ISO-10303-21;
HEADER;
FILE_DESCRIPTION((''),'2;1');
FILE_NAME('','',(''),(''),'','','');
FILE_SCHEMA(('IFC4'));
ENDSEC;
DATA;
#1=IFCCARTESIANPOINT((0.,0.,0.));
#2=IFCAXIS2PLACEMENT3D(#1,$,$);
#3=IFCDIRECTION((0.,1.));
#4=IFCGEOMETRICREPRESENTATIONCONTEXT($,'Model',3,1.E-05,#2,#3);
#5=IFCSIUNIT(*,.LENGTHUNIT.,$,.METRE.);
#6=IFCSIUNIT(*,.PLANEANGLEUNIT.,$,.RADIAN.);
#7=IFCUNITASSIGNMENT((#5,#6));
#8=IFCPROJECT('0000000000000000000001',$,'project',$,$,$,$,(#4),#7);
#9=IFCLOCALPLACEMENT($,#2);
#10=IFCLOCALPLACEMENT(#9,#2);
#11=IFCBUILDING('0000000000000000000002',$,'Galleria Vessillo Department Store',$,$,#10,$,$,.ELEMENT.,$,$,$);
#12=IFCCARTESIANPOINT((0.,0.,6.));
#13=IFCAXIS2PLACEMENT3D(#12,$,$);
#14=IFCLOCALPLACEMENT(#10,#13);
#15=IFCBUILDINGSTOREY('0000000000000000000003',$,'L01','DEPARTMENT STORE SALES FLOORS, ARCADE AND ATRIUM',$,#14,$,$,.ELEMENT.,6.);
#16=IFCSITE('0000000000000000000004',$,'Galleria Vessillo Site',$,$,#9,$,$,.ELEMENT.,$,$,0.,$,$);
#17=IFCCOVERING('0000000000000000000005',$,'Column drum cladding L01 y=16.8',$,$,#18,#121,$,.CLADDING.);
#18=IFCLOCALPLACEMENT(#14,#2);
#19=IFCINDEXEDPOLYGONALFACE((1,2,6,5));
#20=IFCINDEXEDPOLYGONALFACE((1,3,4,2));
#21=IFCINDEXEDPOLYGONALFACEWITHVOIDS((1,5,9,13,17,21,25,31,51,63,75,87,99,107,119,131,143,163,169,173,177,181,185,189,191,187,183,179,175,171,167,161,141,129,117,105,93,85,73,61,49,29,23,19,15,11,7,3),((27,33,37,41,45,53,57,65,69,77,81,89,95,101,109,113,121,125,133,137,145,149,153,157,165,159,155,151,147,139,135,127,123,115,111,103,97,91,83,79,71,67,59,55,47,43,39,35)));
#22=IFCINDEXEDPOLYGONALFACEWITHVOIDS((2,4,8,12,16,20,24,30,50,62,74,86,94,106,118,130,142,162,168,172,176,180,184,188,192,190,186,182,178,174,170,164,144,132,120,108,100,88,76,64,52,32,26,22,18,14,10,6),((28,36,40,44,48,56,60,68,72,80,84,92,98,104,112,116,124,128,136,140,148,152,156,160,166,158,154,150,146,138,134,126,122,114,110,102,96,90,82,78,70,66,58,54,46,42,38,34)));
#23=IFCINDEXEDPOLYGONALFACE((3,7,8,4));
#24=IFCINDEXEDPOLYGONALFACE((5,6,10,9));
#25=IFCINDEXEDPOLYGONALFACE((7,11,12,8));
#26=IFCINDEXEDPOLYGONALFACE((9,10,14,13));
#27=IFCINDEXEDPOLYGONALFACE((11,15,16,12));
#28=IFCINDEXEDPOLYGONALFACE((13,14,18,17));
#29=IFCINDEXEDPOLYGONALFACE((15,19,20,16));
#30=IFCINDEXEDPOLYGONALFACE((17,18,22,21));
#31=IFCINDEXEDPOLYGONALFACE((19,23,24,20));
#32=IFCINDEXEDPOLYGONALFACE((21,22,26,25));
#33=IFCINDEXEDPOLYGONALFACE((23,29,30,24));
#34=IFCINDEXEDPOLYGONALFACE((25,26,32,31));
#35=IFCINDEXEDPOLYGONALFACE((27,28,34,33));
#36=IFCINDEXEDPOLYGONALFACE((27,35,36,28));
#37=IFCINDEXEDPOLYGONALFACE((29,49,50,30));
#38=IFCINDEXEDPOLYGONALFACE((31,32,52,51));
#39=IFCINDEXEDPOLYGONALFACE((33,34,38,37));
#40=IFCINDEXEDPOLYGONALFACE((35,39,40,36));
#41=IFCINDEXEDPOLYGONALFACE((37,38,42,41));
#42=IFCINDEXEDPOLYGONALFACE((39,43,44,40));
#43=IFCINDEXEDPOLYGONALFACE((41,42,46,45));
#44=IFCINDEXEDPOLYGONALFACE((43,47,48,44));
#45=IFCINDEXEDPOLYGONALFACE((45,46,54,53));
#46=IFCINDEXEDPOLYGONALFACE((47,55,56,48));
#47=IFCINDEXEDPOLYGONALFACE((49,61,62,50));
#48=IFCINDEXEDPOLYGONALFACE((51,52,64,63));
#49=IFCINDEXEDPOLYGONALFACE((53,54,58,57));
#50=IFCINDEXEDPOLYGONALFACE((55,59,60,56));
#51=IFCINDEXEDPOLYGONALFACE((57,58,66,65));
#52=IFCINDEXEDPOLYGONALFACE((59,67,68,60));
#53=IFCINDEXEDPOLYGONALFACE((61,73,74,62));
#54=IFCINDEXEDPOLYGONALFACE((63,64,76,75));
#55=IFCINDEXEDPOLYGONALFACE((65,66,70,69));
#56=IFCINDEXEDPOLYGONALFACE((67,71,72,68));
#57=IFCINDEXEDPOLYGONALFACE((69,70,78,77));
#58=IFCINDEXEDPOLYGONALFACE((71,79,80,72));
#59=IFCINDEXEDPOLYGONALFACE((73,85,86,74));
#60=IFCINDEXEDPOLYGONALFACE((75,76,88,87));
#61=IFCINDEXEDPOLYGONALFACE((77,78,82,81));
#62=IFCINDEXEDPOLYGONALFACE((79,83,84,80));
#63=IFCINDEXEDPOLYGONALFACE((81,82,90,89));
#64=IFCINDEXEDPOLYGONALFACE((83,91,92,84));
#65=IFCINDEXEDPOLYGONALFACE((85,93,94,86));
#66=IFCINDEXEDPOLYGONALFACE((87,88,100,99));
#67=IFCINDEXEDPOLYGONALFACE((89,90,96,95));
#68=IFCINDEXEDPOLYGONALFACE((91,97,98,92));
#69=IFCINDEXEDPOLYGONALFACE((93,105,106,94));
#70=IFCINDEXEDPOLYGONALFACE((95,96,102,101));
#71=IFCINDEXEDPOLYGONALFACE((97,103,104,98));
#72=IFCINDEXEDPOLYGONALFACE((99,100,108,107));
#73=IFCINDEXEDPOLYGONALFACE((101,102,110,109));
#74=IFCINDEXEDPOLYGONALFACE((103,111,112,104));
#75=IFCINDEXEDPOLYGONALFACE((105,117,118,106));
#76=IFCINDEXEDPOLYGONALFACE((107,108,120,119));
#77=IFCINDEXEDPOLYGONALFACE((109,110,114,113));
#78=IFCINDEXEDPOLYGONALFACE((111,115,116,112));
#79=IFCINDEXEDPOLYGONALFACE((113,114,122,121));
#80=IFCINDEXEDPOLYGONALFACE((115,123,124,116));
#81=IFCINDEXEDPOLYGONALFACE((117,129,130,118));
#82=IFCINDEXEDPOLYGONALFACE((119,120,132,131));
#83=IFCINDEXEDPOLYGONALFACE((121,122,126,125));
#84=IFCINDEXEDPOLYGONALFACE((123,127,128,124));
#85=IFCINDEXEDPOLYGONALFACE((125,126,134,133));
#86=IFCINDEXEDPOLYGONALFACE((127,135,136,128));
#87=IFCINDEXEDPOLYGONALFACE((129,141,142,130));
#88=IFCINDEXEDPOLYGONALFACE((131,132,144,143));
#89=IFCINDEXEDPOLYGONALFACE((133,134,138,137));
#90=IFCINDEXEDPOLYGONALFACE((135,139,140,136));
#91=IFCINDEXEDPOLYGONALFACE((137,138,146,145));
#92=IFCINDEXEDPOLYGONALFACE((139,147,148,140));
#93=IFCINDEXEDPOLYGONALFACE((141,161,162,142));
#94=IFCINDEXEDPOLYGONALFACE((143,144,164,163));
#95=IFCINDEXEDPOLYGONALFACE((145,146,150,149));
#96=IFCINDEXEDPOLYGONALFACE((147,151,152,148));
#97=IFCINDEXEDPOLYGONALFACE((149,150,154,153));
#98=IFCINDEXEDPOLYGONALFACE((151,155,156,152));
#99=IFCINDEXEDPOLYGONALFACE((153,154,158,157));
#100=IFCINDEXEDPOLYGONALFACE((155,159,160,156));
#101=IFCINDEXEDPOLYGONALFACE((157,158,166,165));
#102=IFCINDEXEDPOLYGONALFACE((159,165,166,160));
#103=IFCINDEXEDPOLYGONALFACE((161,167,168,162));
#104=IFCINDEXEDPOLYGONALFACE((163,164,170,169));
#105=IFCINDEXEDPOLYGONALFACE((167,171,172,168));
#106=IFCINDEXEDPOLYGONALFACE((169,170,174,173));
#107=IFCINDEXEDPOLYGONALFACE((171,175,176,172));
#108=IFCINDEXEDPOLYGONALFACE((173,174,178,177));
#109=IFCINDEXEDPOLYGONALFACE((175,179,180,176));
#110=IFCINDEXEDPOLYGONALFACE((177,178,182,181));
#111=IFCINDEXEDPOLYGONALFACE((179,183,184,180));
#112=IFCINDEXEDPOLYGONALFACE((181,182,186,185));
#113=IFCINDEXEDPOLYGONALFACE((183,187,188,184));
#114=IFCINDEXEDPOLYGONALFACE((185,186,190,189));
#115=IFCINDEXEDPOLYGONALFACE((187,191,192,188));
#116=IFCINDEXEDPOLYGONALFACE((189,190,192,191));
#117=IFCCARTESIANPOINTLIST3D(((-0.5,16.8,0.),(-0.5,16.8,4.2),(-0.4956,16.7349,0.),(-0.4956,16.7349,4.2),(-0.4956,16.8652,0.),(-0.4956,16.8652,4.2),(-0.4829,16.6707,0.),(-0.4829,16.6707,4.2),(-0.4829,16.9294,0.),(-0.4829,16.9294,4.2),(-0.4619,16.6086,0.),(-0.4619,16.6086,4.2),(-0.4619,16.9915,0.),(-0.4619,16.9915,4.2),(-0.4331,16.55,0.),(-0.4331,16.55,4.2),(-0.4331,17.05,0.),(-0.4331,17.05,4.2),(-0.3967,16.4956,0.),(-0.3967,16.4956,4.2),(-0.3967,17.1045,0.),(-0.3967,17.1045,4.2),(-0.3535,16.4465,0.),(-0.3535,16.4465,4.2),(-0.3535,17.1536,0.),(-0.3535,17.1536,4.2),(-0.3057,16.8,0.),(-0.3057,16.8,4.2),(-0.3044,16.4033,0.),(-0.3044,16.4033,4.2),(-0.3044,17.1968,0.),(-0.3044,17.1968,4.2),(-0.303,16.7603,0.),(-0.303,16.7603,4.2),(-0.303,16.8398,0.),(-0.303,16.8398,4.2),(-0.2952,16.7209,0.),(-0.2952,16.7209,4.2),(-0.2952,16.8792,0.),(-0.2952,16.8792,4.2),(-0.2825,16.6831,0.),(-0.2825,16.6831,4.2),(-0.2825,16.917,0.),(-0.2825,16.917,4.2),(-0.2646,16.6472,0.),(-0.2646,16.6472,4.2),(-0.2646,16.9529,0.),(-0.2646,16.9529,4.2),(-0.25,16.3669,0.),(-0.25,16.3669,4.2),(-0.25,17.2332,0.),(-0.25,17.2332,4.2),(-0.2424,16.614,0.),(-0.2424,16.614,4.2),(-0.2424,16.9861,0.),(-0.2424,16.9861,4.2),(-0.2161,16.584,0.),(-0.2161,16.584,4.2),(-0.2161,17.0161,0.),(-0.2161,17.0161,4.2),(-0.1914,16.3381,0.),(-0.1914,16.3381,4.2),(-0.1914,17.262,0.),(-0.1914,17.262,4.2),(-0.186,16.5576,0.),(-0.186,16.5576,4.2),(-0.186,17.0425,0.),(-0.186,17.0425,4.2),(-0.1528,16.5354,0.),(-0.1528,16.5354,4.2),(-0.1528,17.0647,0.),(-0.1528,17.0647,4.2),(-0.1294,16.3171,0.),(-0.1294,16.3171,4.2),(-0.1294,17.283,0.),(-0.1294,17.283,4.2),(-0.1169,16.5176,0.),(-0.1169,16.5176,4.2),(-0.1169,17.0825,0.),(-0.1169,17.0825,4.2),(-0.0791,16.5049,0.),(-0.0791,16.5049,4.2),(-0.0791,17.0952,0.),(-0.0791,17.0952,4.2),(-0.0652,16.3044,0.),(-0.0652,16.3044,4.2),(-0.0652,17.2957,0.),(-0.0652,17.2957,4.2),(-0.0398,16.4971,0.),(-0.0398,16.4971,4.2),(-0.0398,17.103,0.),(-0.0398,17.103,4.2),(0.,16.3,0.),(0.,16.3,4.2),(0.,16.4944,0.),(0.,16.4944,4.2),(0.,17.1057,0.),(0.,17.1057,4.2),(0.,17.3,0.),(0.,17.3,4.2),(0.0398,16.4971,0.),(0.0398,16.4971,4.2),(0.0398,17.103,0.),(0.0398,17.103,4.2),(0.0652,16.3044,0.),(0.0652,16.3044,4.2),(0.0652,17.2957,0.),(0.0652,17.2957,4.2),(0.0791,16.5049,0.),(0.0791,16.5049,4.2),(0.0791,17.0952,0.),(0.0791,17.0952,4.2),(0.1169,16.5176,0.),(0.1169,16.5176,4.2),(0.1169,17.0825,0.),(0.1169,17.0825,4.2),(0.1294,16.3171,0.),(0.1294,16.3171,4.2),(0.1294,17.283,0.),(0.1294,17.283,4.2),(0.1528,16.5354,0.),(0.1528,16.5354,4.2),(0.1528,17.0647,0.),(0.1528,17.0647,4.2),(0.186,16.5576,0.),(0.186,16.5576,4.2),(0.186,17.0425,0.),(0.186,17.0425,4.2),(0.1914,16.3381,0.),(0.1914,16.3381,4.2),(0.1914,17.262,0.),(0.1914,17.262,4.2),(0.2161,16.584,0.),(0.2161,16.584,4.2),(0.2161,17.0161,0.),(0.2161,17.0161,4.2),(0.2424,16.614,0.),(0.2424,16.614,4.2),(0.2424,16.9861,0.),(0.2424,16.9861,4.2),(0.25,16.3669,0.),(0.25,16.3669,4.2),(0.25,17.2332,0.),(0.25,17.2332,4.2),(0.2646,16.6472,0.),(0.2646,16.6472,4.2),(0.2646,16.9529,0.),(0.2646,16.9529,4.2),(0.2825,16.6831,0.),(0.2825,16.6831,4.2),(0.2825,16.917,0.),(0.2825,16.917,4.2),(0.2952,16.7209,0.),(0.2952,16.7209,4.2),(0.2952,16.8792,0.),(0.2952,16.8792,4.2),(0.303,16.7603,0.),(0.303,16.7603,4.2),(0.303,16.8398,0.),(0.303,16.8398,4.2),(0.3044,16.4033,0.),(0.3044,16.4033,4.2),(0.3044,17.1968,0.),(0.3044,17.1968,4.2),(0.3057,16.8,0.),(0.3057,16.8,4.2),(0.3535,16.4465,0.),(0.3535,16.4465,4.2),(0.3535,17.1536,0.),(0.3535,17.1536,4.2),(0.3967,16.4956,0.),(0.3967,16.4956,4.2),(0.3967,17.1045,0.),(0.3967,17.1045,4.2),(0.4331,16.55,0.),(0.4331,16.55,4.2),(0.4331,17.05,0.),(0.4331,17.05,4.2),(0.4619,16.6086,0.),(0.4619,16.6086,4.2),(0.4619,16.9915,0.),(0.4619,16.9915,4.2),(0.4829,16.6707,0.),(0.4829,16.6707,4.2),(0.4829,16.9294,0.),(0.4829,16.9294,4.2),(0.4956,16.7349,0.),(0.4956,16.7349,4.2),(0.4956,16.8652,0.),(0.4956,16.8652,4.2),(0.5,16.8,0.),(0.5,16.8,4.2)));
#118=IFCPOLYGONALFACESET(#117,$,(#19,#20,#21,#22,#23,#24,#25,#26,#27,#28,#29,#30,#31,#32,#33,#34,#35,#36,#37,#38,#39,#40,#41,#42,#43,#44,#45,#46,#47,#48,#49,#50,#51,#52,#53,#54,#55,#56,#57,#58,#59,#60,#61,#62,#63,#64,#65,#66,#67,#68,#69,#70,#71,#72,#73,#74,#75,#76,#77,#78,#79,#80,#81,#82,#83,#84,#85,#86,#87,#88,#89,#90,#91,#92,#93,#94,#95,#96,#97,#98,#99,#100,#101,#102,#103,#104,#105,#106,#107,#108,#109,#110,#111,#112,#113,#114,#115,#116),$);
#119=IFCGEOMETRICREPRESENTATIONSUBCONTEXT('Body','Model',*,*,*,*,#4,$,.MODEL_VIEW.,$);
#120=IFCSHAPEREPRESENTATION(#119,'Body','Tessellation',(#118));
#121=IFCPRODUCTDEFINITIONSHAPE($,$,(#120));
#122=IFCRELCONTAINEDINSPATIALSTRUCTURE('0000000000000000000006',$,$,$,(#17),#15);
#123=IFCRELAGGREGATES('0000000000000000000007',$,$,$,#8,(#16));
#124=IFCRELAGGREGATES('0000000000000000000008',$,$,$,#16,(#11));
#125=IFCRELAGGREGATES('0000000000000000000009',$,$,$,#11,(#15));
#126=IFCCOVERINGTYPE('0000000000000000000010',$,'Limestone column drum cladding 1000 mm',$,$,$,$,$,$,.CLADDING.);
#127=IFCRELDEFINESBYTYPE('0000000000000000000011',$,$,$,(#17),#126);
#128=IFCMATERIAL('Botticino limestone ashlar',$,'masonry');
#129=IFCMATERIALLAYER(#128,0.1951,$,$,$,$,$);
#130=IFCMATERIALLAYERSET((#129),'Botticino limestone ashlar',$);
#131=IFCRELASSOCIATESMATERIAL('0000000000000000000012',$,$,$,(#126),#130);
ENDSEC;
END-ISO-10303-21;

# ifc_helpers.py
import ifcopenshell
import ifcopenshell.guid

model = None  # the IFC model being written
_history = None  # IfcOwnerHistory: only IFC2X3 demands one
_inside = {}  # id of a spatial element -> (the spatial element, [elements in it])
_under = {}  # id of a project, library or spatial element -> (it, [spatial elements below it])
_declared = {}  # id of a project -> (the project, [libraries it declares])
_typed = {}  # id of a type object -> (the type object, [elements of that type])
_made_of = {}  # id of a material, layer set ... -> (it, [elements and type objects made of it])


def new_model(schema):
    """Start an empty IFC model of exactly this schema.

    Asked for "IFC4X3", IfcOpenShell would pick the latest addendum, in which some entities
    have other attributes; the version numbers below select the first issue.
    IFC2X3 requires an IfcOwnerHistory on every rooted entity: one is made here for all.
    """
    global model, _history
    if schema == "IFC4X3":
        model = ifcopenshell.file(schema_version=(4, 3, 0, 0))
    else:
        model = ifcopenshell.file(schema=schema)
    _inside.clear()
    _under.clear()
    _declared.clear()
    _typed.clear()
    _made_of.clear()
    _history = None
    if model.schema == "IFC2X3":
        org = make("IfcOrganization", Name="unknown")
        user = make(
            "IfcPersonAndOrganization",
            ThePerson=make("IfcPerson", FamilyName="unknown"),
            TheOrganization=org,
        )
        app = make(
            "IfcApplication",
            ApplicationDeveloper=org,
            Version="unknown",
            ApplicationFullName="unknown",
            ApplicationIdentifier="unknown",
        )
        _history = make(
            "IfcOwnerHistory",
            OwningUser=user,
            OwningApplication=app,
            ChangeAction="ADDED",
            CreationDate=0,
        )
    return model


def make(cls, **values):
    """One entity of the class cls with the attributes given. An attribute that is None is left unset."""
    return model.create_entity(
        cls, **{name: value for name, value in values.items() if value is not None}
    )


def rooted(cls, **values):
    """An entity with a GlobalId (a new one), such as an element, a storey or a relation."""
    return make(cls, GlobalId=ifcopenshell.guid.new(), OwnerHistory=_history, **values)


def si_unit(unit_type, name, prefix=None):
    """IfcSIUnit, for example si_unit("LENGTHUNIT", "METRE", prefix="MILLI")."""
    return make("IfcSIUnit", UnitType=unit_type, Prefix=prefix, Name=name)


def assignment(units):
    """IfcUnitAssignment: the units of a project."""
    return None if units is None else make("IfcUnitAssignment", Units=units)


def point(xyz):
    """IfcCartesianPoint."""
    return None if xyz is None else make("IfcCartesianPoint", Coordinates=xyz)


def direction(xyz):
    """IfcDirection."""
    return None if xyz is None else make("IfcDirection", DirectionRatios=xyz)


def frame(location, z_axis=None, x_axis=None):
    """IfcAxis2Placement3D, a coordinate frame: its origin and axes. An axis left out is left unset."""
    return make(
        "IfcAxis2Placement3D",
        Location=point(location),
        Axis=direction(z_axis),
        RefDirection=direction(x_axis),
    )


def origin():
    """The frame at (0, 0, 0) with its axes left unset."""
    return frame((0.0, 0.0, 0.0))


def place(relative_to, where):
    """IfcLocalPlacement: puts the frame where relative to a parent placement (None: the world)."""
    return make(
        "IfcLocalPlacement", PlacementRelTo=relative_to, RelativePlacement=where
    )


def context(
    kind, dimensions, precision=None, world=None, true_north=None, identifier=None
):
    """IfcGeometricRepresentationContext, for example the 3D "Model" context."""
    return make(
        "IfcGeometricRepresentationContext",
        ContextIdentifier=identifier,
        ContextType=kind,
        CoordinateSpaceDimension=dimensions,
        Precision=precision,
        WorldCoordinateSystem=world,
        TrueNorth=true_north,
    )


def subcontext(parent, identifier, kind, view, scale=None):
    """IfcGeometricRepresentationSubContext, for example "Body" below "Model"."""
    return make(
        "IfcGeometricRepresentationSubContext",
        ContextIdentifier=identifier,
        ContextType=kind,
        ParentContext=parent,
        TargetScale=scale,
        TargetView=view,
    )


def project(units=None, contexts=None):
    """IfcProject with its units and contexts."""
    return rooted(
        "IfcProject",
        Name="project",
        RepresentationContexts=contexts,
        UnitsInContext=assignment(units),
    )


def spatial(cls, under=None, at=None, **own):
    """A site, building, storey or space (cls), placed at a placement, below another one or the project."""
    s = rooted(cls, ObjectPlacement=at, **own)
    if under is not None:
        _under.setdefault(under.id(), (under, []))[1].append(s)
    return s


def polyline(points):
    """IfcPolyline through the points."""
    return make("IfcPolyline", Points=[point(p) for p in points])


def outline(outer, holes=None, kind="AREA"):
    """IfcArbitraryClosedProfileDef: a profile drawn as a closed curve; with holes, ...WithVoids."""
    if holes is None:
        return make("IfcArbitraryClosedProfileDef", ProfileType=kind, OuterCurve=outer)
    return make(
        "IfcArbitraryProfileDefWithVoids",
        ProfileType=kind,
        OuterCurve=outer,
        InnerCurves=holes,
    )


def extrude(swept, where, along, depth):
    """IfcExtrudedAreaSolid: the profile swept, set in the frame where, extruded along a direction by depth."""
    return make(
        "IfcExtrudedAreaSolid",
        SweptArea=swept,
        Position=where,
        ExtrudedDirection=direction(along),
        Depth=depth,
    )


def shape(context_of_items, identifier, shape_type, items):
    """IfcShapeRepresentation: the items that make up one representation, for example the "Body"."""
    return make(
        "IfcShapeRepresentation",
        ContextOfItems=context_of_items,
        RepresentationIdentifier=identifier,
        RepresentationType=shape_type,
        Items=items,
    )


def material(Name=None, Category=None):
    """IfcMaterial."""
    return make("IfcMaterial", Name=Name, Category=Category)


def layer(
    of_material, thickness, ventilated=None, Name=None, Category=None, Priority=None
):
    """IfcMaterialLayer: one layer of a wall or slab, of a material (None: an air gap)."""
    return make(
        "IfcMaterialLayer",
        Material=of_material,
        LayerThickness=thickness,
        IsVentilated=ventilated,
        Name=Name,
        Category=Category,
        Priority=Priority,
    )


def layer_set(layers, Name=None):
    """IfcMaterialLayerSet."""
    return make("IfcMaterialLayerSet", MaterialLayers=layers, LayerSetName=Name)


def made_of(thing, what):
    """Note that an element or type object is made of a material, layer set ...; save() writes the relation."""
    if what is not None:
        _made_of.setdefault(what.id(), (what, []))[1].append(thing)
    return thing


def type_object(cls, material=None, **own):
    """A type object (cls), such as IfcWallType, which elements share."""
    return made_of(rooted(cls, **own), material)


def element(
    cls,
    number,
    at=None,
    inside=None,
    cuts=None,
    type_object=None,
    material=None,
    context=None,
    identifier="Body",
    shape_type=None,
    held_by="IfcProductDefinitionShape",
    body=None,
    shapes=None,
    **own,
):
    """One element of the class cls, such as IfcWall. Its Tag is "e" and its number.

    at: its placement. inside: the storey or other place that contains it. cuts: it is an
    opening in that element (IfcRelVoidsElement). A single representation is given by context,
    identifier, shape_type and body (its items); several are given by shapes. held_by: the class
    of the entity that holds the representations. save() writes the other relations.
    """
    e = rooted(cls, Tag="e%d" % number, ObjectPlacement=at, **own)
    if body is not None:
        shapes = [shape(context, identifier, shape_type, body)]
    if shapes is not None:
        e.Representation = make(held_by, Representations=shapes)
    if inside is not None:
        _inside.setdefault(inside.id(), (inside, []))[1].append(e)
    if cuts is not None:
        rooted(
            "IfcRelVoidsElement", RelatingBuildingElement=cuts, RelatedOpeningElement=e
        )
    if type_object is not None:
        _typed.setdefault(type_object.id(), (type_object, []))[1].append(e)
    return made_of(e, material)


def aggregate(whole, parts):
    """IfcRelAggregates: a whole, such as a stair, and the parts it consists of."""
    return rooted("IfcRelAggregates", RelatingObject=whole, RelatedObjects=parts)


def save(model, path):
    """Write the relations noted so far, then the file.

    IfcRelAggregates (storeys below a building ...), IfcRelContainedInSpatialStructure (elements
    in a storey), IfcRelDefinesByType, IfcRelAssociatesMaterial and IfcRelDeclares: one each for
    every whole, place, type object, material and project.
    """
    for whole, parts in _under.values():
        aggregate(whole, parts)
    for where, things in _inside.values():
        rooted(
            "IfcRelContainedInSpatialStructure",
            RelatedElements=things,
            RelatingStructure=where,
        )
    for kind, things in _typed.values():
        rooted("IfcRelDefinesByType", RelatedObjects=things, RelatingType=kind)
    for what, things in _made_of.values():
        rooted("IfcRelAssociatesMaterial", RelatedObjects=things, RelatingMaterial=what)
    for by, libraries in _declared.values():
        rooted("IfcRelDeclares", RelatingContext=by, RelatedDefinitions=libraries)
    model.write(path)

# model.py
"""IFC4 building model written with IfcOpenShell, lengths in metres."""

from ifc_helpers import new_model, si_unit, direction, frame, origin, place, context, subcontext, project, spatial, polyline, outline, extrude, material, layer, layer_set, type_object, element, save


model = new_model("IFC4")

# Units and contexts
model_context = context("Model", 3, precision=1e-05, world=origin(), true_north=direction((0.0, 1.0)))
body_context = subcontext(model_context, "Body", "Model", "MODEL_VIEW")
ifc_project = project(units=[si_unit("LENGTHUNIT", "METRE"), si_unit("PLANEANGLEUNIT", "RADIAN")], contexts=[model_context])

# Site, building, storey
site_placement = place(None, origin())
site = spatial("IfcSite", under=ifc_project, at=site_placement, Name="Galleria Vessillo Site", CompositionType="ELEMENT", RefElevation=0.0)
building_placement = place(site_placement, origin())
building = spatial("IfcBuilding", under=site, at=building_placement, Name="Galleria Vessillo Department Store", CompositionType="ELEMENT")
storey_placement = place(building_placement, frame((0.0, 0.0, 6.0)))
storey = spatial("IfcBuildingStorey", under=building, at=storey_placement, Name="L01", Description="DEPARTMENT STORE SALES FLOORS, ARCADE AND ATRIUM", CompositionType="ELEMENT", Elevation=6.0)

# Covering
ifc_material_1 = material(Name="Botticino limestone ashlar", Category="masonry")
ifc_layer_1 = layer(ifc_material_1, 0.1951)
ifc_layer_set_1 = layer_set([ifc_layer_1], Name="Botticino limestone ashlar")
covering_type = type_object("IfcCoveringType", Name="Limestone column drum cladding 1000 mm", PredefinedType="CLADDING", material=ifc_layer_set_1)
covering_1_placement = place(storey_placement, origin())
element("IfcCovering", 1, at=covering_1_placement, inside=storey, type_object=covering_type, Name="Column drum cladding L01 y=16.8", PredefinedType="CLADDING", context=body_context, shape_type="SweptSolid", body=[
    extrude(outline(polyline([(0.5, 16.8), (0.4956, 16.8652), (0.4829, 16.9294), (0.4619, 16.9915), (0.4331, 17.05), (0.3967, 17.1045), (0.3535, 17.1536), (0.3044, 17.1968), (0.25, 17.2332), (0.1914, 17.262), (0.1294, 17.283), (0.0652, 17.2957), (0.0, 17.3), (-0.0652, 17.2957), (-0.1294, 17.283), (-0.1914, 17.262), (-0.25, 17.2332), (-0.3044, 17.1968), (-0.3535, 17.1536), (-0.3967, 17.1045), (-0.4331, 17.05), (-0.4619, 16.9915), (-0.4829, 16.9294), (-0.4956, 16.8652), (-0.5, 16.8), (-0.4956, 16.7349), (-0.4829, 16.6707), (-0.4619, 16.6086), (-0.4331, 16.55), (-0.3967, 16.4956), (-0.3535, 16.4465), (-0.3044, 16.4033), (-0.25, 16.3669), (-0.1914, 16.3381), (-0.1294, 16.3171), (-0.0652, 16.3044), (0.0, 16.3), (0.0652, 16.3044), (0.1294, 16.3171), (0.1914, 16.3381), (0.25, 16.3669), (0.3044, 16.4033), (0.3535, 16.4465), (0.3967, 16.4956), (0.4331, 16.55), (0.4619, 16.6086), (0.4829, 16.6707), (0.4956, 16.7349), (0.5, 16.8)]), holes=[polyline([(0.3057, 16.8), (0.303, 16.8398), (0.2952, 16.8792), (0.2825, 16.917), (0.2646, 16.9529), (0.2424, 16.9861), (0.2161, 17.0161), (0.186, 17.0425), (0.1528, 17.0647), (0.1169, 17.0825), (0.0791, 17.0952), (0.0398, 17.103), (0.0, 17.1057), (-0.0398, 17.103), (-0.0791, 17.0952), (-0.1169, 17.0825), (-0.1528, 17.0647), (-0.186, 17.0425), (-0.2161, 17.0161), (-0.2424, 16.9861), (-0.2646, 16.9529), (-0.2825, 16.917), (-0.2952, 16.8792), (-0.303, 16.8398), (-0.3057, 16.8), (-0.303, 16.7603), (-0.2952, 16.7209), (-0.2825, 16.6831), (-0.2646, 16.6472), (-0.2424, 16.614), (-0.2161, 16.584), (-0.186, 16.5576), (-0.1528, 16.5354), (-0.1169, 16.5176), (-0.0791, 16.5049), (-0.0398, 16.4971), (0.0, 16.4944), (0.0398, 16.4971), (0.0791, 16.5049), (0.1169, 16.5176), (0.1528, 16.5354), (0.186, 16.5576), (0.2161, 16.584), (0.2424, 16.614), (0.2646, 16.6472), (0.2825, 16.6831), (0.2952, 16.7209), (0.303, 16.7603), (0.3057, 16.8)])]), origin(), (0.0, 0.0, 1.0), 4.2),
])

save(model, "model.ifc")
